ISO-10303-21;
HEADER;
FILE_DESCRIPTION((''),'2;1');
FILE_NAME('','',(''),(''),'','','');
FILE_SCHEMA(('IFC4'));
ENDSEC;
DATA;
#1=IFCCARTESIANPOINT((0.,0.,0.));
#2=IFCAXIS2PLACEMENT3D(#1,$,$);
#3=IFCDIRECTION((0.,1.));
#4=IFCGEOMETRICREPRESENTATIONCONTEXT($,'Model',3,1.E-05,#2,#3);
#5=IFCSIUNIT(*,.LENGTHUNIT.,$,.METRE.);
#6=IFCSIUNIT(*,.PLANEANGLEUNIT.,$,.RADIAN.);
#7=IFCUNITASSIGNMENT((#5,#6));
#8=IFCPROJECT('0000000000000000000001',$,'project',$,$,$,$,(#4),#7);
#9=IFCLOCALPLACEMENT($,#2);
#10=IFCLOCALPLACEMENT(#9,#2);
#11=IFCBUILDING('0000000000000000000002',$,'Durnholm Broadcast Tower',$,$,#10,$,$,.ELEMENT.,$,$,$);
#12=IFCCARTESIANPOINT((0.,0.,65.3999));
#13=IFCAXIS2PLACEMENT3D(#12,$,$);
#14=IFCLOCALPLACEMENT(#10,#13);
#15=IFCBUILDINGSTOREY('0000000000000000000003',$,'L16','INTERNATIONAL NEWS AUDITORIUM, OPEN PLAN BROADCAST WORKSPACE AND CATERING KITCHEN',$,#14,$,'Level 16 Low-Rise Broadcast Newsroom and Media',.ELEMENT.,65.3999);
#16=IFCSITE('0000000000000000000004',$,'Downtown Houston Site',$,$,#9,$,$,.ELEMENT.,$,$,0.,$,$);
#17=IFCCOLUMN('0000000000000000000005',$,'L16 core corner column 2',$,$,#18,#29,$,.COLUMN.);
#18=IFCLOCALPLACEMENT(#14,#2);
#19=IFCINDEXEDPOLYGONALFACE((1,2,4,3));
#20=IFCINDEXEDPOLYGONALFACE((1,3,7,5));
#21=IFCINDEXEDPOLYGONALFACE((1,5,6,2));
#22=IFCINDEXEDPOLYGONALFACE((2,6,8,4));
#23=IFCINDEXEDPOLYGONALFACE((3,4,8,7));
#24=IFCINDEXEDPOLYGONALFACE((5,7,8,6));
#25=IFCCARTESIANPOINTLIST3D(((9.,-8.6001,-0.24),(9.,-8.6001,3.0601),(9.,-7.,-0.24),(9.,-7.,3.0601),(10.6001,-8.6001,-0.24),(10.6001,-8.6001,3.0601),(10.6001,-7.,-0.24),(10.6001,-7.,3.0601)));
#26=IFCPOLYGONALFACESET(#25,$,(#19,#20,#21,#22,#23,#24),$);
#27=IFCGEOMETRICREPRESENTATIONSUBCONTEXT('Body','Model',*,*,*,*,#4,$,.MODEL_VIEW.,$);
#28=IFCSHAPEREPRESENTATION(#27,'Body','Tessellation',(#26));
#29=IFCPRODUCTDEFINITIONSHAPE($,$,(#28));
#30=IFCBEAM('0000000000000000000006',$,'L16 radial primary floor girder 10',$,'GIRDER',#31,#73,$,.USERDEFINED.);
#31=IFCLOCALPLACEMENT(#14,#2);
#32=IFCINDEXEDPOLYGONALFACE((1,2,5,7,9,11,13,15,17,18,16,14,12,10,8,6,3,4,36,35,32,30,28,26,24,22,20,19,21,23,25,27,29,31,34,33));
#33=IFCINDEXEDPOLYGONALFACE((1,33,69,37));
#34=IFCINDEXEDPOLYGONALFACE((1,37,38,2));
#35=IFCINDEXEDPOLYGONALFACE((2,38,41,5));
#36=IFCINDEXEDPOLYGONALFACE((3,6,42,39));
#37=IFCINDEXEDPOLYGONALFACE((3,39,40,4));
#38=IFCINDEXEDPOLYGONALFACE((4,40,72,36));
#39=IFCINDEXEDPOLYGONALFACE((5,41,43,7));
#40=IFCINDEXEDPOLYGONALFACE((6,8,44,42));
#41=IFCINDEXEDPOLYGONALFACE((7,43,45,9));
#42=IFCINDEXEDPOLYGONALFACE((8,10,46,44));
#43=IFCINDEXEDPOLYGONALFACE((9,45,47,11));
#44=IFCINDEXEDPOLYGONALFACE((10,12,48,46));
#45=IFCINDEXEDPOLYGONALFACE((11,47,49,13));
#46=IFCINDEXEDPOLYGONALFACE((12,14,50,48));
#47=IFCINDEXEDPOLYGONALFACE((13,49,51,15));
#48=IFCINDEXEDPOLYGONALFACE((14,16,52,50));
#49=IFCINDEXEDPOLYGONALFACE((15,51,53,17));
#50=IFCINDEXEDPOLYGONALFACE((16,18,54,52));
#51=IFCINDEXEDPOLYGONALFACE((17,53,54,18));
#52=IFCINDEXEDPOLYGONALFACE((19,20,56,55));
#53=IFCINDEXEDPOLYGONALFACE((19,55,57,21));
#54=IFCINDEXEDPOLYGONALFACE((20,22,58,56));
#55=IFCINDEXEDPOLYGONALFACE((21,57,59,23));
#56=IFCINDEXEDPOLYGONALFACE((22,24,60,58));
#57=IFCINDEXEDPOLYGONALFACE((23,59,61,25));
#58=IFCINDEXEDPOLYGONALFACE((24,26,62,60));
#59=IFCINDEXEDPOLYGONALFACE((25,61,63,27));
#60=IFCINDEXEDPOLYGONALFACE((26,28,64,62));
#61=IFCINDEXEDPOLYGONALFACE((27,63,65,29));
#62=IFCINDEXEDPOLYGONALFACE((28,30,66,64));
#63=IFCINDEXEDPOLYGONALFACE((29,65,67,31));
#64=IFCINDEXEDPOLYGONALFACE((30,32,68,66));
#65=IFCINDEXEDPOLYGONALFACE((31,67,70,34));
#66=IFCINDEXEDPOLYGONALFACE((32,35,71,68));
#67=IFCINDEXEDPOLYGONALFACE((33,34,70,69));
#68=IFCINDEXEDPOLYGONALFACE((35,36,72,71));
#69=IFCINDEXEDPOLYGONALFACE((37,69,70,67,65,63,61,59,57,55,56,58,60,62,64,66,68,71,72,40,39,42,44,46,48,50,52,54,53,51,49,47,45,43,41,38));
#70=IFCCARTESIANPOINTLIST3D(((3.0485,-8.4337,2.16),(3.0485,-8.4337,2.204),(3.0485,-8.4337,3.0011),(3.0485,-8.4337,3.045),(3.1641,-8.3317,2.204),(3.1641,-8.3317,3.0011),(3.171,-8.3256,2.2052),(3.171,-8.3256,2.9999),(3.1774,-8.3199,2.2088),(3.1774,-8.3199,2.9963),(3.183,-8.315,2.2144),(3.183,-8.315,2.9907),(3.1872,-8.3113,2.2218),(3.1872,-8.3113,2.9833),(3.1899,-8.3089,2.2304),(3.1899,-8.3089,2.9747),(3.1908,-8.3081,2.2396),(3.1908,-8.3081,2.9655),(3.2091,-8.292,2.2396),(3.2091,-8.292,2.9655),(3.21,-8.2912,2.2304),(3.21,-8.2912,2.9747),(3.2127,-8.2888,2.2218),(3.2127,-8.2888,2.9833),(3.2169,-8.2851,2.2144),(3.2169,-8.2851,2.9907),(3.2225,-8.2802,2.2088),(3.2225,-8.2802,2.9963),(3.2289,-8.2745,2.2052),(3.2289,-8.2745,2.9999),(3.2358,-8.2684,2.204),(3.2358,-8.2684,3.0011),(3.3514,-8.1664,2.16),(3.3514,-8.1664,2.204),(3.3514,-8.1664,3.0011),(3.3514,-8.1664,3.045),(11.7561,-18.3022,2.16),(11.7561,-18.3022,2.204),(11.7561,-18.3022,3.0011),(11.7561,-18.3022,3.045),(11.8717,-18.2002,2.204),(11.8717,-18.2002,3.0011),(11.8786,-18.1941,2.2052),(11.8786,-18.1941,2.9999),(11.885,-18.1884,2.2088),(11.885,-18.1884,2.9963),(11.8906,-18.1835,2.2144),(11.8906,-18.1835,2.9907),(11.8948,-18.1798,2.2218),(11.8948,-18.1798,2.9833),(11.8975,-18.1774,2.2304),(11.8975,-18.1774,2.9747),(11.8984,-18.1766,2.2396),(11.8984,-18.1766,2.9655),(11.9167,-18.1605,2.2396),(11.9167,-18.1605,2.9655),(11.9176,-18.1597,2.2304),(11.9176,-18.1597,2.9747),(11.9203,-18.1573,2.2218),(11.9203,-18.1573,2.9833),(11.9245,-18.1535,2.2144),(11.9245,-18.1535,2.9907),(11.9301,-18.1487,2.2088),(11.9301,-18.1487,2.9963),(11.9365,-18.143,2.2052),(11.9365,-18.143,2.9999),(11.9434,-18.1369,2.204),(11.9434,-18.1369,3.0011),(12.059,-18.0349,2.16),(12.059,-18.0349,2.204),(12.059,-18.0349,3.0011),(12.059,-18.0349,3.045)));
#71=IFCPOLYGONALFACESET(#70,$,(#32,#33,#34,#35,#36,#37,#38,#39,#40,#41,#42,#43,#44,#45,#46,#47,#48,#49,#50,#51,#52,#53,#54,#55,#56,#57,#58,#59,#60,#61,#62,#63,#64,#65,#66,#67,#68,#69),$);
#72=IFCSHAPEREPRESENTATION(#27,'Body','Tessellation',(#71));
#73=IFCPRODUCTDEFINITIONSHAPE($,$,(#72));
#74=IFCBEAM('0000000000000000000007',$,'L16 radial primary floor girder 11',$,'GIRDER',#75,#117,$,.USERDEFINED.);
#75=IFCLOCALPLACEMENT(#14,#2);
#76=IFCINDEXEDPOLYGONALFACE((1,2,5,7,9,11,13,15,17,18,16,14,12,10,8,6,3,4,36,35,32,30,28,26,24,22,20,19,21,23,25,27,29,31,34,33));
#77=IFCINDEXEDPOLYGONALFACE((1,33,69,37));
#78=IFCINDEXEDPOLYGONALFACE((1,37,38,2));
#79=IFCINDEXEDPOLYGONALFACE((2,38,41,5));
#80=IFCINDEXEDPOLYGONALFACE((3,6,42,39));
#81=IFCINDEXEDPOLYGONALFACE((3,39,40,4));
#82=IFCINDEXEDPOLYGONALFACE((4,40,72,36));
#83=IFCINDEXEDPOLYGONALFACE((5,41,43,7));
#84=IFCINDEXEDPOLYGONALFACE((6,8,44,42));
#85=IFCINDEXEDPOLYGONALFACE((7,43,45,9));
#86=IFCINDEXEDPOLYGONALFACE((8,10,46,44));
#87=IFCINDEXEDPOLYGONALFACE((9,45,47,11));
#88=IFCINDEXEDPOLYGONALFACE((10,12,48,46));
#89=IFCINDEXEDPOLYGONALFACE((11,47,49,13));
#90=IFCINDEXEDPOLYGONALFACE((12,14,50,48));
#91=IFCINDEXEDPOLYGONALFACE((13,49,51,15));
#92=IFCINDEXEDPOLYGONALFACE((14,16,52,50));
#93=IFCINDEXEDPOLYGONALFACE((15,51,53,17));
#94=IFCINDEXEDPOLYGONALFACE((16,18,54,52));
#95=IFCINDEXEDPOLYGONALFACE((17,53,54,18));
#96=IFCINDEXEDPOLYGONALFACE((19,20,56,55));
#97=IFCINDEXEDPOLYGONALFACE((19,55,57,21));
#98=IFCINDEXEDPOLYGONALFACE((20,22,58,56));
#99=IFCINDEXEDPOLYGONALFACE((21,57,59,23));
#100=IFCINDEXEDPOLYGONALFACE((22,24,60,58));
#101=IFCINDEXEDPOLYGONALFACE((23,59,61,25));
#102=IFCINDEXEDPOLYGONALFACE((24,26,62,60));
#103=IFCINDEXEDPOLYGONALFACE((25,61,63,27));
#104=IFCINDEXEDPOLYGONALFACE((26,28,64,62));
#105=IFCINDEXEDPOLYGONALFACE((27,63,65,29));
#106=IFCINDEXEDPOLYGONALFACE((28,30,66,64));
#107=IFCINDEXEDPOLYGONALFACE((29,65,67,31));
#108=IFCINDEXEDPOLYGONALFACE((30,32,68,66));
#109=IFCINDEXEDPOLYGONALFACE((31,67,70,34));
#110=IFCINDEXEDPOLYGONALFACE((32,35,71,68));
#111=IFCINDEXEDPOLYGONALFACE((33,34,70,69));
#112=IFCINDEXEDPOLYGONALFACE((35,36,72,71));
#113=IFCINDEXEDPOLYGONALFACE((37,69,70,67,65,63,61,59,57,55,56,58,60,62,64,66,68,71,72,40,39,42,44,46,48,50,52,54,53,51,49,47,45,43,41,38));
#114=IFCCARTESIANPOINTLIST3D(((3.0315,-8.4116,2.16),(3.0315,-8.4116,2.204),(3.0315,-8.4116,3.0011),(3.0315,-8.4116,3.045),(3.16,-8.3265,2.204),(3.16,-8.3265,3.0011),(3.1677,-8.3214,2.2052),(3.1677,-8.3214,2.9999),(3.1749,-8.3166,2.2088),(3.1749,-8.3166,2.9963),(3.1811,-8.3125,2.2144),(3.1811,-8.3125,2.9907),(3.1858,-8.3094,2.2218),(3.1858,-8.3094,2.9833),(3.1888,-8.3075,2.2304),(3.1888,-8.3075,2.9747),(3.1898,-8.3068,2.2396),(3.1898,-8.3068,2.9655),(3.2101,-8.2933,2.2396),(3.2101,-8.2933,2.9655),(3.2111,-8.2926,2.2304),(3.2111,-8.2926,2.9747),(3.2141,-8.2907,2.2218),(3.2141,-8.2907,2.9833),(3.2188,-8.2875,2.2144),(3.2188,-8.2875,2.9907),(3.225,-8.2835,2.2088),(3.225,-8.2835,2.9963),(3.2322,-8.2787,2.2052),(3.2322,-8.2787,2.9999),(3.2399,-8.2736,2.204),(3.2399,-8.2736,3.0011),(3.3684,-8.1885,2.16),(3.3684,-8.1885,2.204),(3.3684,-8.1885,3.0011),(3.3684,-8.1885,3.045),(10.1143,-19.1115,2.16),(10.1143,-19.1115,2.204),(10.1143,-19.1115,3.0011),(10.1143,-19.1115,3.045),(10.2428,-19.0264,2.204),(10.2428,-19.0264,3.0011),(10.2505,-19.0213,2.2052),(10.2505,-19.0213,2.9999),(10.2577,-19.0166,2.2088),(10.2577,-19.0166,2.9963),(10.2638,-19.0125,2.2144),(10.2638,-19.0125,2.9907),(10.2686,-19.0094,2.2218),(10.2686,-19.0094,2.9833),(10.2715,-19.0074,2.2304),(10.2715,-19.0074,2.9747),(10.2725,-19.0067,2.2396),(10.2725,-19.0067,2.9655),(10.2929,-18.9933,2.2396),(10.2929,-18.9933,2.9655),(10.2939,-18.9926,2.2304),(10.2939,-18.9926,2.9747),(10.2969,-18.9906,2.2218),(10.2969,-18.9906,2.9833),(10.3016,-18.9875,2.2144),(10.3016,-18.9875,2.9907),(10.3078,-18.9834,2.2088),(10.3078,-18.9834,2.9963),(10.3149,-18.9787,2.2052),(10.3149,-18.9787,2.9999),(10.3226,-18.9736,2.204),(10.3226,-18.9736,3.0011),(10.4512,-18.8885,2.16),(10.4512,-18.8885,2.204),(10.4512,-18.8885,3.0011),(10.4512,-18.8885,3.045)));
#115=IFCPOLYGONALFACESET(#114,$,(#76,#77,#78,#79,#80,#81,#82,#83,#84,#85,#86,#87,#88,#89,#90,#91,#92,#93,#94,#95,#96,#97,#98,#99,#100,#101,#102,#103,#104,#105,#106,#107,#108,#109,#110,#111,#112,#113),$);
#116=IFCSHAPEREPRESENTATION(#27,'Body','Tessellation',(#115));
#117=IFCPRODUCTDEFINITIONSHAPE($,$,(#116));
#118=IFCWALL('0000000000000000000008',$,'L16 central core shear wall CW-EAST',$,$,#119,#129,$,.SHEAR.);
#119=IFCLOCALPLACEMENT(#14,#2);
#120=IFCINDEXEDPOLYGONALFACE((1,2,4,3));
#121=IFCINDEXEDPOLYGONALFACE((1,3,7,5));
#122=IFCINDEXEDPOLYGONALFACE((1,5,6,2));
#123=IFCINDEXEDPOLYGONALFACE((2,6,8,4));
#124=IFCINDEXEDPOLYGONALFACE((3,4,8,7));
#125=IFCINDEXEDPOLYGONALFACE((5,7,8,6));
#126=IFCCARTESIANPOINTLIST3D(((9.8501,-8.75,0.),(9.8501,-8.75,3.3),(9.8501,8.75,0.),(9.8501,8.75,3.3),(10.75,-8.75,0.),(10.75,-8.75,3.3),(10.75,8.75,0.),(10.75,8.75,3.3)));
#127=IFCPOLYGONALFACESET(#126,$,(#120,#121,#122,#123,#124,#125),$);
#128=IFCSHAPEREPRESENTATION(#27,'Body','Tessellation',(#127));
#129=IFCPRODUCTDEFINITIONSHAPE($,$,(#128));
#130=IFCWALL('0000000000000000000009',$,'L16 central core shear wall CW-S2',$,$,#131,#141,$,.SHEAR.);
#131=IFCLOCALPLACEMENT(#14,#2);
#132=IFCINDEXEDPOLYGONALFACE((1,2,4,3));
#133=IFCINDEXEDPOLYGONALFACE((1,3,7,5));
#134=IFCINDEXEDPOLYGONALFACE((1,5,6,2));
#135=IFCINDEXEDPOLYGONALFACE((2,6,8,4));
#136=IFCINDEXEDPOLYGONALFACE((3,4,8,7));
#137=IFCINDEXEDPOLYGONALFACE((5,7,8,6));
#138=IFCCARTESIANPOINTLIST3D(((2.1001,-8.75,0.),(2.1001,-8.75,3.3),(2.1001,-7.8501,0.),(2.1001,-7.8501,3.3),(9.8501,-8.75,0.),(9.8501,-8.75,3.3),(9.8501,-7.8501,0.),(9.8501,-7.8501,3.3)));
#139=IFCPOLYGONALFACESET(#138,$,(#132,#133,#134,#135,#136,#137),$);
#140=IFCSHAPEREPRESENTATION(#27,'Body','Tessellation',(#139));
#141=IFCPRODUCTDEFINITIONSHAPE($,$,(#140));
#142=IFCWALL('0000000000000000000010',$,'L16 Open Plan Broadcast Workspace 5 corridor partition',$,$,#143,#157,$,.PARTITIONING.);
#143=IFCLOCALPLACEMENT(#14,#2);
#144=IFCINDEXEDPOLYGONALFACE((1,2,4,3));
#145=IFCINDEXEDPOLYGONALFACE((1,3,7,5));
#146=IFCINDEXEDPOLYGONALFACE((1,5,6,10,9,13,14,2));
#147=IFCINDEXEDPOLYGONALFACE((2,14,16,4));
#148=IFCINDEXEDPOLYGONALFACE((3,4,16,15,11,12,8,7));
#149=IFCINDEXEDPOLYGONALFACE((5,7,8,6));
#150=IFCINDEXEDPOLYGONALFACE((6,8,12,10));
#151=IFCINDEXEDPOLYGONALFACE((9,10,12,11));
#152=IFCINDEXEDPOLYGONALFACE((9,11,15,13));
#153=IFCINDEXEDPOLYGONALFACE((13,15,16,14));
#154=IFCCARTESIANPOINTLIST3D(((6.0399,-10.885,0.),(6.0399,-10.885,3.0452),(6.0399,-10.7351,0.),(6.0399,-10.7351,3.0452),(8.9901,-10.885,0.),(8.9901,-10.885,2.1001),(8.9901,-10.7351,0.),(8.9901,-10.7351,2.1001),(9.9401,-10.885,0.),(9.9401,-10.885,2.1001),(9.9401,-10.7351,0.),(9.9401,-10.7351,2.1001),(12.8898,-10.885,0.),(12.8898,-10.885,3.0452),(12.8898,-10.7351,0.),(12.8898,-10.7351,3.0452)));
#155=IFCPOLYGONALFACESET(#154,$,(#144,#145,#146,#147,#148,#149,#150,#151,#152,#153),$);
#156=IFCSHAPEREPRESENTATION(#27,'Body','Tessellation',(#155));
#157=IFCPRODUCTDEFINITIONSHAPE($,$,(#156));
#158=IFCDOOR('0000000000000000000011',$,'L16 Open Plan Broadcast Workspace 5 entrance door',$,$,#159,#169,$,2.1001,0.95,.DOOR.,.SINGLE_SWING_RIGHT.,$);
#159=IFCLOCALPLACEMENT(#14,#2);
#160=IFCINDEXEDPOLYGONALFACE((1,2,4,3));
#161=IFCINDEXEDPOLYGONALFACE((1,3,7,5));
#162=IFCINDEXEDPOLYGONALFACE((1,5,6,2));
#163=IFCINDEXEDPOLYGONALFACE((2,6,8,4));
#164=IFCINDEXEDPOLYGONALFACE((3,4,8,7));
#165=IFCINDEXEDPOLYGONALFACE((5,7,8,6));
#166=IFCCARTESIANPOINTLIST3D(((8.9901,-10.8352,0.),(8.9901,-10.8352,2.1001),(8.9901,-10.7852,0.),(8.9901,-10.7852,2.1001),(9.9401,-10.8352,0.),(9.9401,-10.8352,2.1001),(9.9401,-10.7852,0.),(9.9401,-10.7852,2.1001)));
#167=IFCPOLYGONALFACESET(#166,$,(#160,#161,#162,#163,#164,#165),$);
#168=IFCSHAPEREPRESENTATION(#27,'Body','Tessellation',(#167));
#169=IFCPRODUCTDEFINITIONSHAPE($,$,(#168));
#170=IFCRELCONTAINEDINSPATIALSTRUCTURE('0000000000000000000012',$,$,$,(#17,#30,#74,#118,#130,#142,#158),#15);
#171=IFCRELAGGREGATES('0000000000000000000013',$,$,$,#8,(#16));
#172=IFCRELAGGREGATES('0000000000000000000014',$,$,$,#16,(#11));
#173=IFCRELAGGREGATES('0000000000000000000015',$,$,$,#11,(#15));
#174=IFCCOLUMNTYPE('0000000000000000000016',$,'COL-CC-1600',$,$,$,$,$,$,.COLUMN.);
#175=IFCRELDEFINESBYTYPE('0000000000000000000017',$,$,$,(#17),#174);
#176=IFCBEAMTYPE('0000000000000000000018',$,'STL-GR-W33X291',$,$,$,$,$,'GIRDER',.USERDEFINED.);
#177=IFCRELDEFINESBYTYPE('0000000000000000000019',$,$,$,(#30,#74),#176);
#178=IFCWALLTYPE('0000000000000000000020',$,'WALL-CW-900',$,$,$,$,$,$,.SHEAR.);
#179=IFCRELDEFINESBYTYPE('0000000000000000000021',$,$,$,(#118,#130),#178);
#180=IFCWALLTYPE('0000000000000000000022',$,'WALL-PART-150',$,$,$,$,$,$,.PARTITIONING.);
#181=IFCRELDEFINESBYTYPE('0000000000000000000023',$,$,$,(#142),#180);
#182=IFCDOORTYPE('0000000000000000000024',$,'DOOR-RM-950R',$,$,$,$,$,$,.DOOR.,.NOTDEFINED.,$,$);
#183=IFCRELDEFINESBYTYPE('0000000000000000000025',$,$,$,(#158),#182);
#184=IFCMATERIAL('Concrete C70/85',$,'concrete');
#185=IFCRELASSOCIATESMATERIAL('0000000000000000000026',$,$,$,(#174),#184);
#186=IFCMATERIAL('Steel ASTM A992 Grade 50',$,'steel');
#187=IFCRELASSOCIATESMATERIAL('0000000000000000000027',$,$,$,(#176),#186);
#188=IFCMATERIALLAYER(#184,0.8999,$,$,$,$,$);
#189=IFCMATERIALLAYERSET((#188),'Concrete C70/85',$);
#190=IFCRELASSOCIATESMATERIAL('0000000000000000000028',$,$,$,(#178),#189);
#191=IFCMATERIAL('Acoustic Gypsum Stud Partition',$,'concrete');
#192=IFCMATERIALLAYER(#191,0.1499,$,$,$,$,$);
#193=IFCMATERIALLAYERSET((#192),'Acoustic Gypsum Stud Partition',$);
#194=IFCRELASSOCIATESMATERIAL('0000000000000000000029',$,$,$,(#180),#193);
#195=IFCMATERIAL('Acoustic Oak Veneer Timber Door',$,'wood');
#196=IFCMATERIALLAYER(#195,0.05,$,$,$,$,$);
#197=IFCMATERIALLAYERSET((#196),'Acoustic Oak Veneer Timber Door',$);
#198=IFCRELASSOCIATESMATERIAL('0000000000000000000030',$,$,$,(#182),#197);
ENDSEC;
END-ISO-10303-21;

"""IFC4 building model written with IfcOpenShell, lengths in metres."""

from ifc_helpers import new_model, si_unit, direction, frame, frame_2d, origin, origin_2d, place, context, subcontext, project, spatial, rectangle, i_section, extrude, source, transform, mapped, material, layer, layer_set, material_profile, profile_set, type_object, type_shapes, element, fill, save


model = new_model("IFC4")

# Units and contexts
model_context = context("Model", 3, precision=1e-05, world=origin(), true_north=direction((0.0, 1.0)))
body_context = subcontext(model_context, "Body", "Model", "MODEL_VIEW")
ifc_project = project(units=[si_unit("LENGTHUNIT", "METRE"), si_unit("PLANEANGLEUNIT", "RADIAN")], contexts=[model_context])

# Site, building, storey
site_placement = place(None, origin())
site = spatial("IfcSite", under=ifc_project, at=site_placement, Name="Downtown Houston Site", CompositionType="ELEMENT", RefElevation=0.0)
building_placement = place(site_placement, origin())
building = spatial("IfcBuilding", under=site, at=building_placement, Name="Durnholm Broadcast Tower", CompositionType="ELEMENT")
storey_placement = place(building_placement, frame((0.0, 0.0, 65.3999)))
storey = spatial("IfcBuildingStorey", under=building, at=storey_placement, Name="L16", Description="INTERNATIONAL NEWS AUDITORIUM, OPEN PLAN BROADCAST WORKSPACE AND CATERING KITCHEN", LongName="Level 16 Low-Rise Broadcast Newsroom and Media", CompositionType="ELEMENT", Elevation=65.3999)

# Column
ifc_material_1 = material(Name="Concrete C70/85", Category="concrete")
ifc_material_profile_1 = material_profile(ifc_material_1, rectangle(XDim=1.6001, YDim=1.6001, at=origin_2d()), Name="RC1600X1600")
ifc_profile_set_1 = profile_set([ifc_material_profile_1], Name="Concrete C70/85")
column_type = type_object("IfcColumnType", Name="COL-CC-1600", PredefinedType="COLUMN", material=ifc_profile_set_1)
shared_shape_1 = source(origin(), body_context, "Body", "SweptSolid", [
    extrude(rectangle(XDim=1.6001, YDim=1.6001, at=origin_2d()), origin(), (0.0, 0.0, 1.0), 3.3),
])
type_shapes(column_type, [shared_shape_1])
column_placement = place(storey_placement, frame((9.8, -7.8, -0.24), z_axis=(0.0, 0.0, 1.0), x_axis=(1.0, 0.0, 0.0)))
element("IfcColumn", 1, at=column_placement, inside=storey, type_object=column_type, Name="L16 core corner column 2", PredefinedType="COLUMN", context=body_context, shape_type="MappedRepresentation", body=[
    mapped(shared_shape_1, transform((0.0, 0.0, 0.0), x_axis=(1.0, 0.0, 0.0), y_axis=(0.0, 1.0, 0.0), z_axis=(0.0, 0.0, 1.0), scale=1.0)),
])

# Beams
ifc_material_2 = material(Name="Steel ASTM A992 Grade 50", Category="steel")
ifc_material_profile_2 = material_profile(ifc_material_2, i_section(OverallWidth=0.4041, OverallDepth=0.885, WebThickness=0.0244, FlangeThickness=0.0439, FilletRadius=0.0356, at=origin_2d()), Name="W33X291")
ifc_profile_set_2 = profile_set([ifc_material_profile_2], Name="Steel ASTM A992 Grade 50")
beam_type = type_object("IfcBeamType", Name="STL-GR-W33X291", ElementType="GIRDER", PredefinedType="USERDEFINED", material=ifc_profile_set_2)
shared_shape_2 = source(origin(), body_context, "Body", "SweptSolid", [
    extrude(i_section(OverallWidth=0.4041, OverallDepth=0.885, WebThickness=0.0244, FlangeThickness=0.0439, FilletRadius=0.0356, at=origin_2d()), origin(), (0.0, 0.0, 1.0), 13.1609),
])
beam_1_placement = place(storey_placement, frame((3.2, -8.3, 2.6025), z_axis=(0.661626, -0.749834, 0.0), x_axis=(0.749834, 0.661626, 0.0)))
element("IfcBeam", 2, at=beam_1_placement, inside=storey, type_object=beam_type, Name="L16 radial primary floor girder 10", ObjectType="GIRDER", PredefinedType="USERDEFINED", context=body_context, shape_type="MappedRepresentation", body=[
    mapped(shared_shape_2, transform((0.0, 0.0, 0.0), x_axis=(1.0, 0.0, 0.0), y_axis=(0.0, 1.0, 0.0), z_axis=(0.0, 0.0, 1.0), scale=1.0)),
])
shared_shape_3 = source(origin(), body_context, "Body", "SweptSolid", [
    extrude(i_section(OverallWidth=0.4041, OverallDepth=0.885, WebThickness=0.0244, FlangeThickness=0.0439, FilletRadius=0.0356, at=origin_2d()), origin(), (0.0, 0.0, 1.0), 12.8318),
])
type_shapes(beam_type, [shared_shape_2, shared_shape_3])
beam_2_placement = place(storey_placement, frame((3.2, -8.3, 2.6025), z_axis=(0.551971, -0.833864, 0.0), x_axis=(0.833864, 0.551971, 0.0)))
element("IfcBeam", 3, at=beam_2_placement, inside=storey, type_object=beam_type, Name="L16 radial primary floor girder 11", ObjectType="GIRDER", PredefinedType="USERDEFINED", context=body_context, shape_type="MappedRepresentation", body=[
    mapped(shared_shape_3, transform((0.0, 0.0, 0.0), x_axis=(1.0, 0.0, 0.0), y_axis=(0.0, 1.0, 0.0), z_axis=(0.0, 0.0, 1.0), scale=1.0)),
])

# Walls
ifc_layer_1 = layer(ifc_material_1, 0.8999)
ifc_layer_set_1 = layer_set([ifc_layer_1], Name="Concrete C70/85")
wall_type_1 = type_object("IfcWallType", Name="WALL-CW-900", PredefinedType="SHEAR", material=ifc_layer_set_1)
wall_1_placement = place(storey_placement, frame((10.3, -8.75, 0.0), z_axis=(0.0, 0.0, 1.0), x_axis=(0.0, 1.0, 0.0)))
element("IfcWall", 4, at=wall_1_placement, inside=storey, type_object=wall_type_1, Name="L16 central core shear wall CW-EAST", PredefinedType="SHEAR", context=body_context, shape_type="SweptSolid", body=[
    extrude(rectangle(XDim=17.5, YDim=0.8999, at=frame_2d((8.75, 0.0))), origin(), (0.0, 0.0, 1.0), 3.3),
])
wall_2_placement = place(storey_placement, frame((2.1001, -8.3, 0.0), z_axis=(0.0, 0.0, 1.0), x_axis=(1.0, 0.0, 0.0)))
element("IfcWall", 5, at=wall_2_placement, inside=storey, type_object=wall_type_1, Name="L16 central core shear wall CW-S2", PredefinedType="SHEAR", context=body_context, shape_type="SweptSolid", body=[
    extrude(rectangle(XDim=7.75, YDim=0.8999, at=frame_2d((3.875, 0.0))), origin(), (0.0, 0.0, 1.0), 3.3),
])

# Wall, opening, door
ifc_material_3 = material(Name="Acoustic Gypsum Stud Partition", Category="concrete")
ifc_layer_2 = layer(ifc_material_3, 0.1499)
ifc_layer_set_2 = layer_set([ifc_layer_2], Name="Acoustic Gypsum Stud Partition")
wall_type_2 = type_object("IfcWallType", Name="WALL-PART-150", PredefinedType="PARTITIONING", material=ifc_layer_set_2)
wall_3_placement = place(storey_placement, frame((6.04, -10.8101, 0.0), z_axis=(0.0, 0.0, 1.0), x_axis=(1.0, 0.0, 0.0)))
wall_3 = element("IfcWall", 6, at=wall_3_placement, inside=storey, type_object=wall_type_2, Name="L16 Open Plan Broadcast Workspace 5 corridor partition", PredefinedType="PARTITIONING", context=body_context, shape_type="SweptSolid", body=[
    extrude(rectangle(XDim=6.8499, YDim=0.1499, at=frame_2d((3.4248, 0.0))), origin(), (0.0, 0.0, 1.0), 3.0452),
])
opening_1_placement = place(wall_3_placement, frame((2.95, 0.0, 0.0)))
opening_1 = element("IfcOpeningElement", 7, at=opening_1_placement, cuts=wall_3, PredefinedType="OPENING", context=body_context, shape_type="SweptSolid", body=[
    extrude(rectangle(XDim=0.95, YDim=2.1001, at=frame_2d((0.4751, 1.05))), frame((0.0, 0.085, 0.0), z_axis=(0.0, -1.0, 0.0), x_axis=(1.0, 0.0, 0.0)), (0.0, 0.0, 1.0), 0.1699),
])
ifc_material_4 = material(Name="Acoustic Oak Veneer Timber Door", Category="wood")
ifc_layer_3 = layer(ifc_material_4, 0.05)
ifc_layer_set_3 = layer_set([ifc_layer_3], Name="Acoustic Oak Veneer Timber Door")
door_type_1 = type_object("IfcDoorType", Name="DOOR-RM-950R", OperationType="NOTDEFINED", PredefinedType="DOOR", material=ifc_layer_set_3)
shared_shape_4 = source(origin(), body_context, "Body", "SweptSolid", [
    extrude(rectangle(XDim=0.95, YDim=2.1001, at=frame_2d((0.4751, 1.05))), frame((0.0, 0.0249, 0.0), z_axis=(0.0, -1.0, 0.0), x_axis=(1.0, 0.0, 0.0)), (0.0, 0.0, 1.0), 0.05),
])
type_shapes(door_type_1, [shared_shape_4])
door_1_placement = place(opening_1_placement, origin())
door_1 = element("IfcDoor", 8, at=door_1_placement, inside=storey, type_object=door_type_1, Name="L16 Open Plan Broadcast Workspace 5 entrance door", OperationType="SINGLE_SWING_RIGHT", OverallHeight=2.1001, OverallWidth=0.95, PredefinedType="DOOR", context=body_context, shape_type="MappedRepresentation", body=[
    mapped(shared_shape_4, transform((0.0, 0.0, 0.0), x_axis=(1.0, 0.0, 0.0), y_axis=(0.0, 1.0, 0.0), z_axis=(0.0, 0.0, 1.0), scale=1.0)),
])
fill(opening_1, door_1)

save(model, "model.ifc")
